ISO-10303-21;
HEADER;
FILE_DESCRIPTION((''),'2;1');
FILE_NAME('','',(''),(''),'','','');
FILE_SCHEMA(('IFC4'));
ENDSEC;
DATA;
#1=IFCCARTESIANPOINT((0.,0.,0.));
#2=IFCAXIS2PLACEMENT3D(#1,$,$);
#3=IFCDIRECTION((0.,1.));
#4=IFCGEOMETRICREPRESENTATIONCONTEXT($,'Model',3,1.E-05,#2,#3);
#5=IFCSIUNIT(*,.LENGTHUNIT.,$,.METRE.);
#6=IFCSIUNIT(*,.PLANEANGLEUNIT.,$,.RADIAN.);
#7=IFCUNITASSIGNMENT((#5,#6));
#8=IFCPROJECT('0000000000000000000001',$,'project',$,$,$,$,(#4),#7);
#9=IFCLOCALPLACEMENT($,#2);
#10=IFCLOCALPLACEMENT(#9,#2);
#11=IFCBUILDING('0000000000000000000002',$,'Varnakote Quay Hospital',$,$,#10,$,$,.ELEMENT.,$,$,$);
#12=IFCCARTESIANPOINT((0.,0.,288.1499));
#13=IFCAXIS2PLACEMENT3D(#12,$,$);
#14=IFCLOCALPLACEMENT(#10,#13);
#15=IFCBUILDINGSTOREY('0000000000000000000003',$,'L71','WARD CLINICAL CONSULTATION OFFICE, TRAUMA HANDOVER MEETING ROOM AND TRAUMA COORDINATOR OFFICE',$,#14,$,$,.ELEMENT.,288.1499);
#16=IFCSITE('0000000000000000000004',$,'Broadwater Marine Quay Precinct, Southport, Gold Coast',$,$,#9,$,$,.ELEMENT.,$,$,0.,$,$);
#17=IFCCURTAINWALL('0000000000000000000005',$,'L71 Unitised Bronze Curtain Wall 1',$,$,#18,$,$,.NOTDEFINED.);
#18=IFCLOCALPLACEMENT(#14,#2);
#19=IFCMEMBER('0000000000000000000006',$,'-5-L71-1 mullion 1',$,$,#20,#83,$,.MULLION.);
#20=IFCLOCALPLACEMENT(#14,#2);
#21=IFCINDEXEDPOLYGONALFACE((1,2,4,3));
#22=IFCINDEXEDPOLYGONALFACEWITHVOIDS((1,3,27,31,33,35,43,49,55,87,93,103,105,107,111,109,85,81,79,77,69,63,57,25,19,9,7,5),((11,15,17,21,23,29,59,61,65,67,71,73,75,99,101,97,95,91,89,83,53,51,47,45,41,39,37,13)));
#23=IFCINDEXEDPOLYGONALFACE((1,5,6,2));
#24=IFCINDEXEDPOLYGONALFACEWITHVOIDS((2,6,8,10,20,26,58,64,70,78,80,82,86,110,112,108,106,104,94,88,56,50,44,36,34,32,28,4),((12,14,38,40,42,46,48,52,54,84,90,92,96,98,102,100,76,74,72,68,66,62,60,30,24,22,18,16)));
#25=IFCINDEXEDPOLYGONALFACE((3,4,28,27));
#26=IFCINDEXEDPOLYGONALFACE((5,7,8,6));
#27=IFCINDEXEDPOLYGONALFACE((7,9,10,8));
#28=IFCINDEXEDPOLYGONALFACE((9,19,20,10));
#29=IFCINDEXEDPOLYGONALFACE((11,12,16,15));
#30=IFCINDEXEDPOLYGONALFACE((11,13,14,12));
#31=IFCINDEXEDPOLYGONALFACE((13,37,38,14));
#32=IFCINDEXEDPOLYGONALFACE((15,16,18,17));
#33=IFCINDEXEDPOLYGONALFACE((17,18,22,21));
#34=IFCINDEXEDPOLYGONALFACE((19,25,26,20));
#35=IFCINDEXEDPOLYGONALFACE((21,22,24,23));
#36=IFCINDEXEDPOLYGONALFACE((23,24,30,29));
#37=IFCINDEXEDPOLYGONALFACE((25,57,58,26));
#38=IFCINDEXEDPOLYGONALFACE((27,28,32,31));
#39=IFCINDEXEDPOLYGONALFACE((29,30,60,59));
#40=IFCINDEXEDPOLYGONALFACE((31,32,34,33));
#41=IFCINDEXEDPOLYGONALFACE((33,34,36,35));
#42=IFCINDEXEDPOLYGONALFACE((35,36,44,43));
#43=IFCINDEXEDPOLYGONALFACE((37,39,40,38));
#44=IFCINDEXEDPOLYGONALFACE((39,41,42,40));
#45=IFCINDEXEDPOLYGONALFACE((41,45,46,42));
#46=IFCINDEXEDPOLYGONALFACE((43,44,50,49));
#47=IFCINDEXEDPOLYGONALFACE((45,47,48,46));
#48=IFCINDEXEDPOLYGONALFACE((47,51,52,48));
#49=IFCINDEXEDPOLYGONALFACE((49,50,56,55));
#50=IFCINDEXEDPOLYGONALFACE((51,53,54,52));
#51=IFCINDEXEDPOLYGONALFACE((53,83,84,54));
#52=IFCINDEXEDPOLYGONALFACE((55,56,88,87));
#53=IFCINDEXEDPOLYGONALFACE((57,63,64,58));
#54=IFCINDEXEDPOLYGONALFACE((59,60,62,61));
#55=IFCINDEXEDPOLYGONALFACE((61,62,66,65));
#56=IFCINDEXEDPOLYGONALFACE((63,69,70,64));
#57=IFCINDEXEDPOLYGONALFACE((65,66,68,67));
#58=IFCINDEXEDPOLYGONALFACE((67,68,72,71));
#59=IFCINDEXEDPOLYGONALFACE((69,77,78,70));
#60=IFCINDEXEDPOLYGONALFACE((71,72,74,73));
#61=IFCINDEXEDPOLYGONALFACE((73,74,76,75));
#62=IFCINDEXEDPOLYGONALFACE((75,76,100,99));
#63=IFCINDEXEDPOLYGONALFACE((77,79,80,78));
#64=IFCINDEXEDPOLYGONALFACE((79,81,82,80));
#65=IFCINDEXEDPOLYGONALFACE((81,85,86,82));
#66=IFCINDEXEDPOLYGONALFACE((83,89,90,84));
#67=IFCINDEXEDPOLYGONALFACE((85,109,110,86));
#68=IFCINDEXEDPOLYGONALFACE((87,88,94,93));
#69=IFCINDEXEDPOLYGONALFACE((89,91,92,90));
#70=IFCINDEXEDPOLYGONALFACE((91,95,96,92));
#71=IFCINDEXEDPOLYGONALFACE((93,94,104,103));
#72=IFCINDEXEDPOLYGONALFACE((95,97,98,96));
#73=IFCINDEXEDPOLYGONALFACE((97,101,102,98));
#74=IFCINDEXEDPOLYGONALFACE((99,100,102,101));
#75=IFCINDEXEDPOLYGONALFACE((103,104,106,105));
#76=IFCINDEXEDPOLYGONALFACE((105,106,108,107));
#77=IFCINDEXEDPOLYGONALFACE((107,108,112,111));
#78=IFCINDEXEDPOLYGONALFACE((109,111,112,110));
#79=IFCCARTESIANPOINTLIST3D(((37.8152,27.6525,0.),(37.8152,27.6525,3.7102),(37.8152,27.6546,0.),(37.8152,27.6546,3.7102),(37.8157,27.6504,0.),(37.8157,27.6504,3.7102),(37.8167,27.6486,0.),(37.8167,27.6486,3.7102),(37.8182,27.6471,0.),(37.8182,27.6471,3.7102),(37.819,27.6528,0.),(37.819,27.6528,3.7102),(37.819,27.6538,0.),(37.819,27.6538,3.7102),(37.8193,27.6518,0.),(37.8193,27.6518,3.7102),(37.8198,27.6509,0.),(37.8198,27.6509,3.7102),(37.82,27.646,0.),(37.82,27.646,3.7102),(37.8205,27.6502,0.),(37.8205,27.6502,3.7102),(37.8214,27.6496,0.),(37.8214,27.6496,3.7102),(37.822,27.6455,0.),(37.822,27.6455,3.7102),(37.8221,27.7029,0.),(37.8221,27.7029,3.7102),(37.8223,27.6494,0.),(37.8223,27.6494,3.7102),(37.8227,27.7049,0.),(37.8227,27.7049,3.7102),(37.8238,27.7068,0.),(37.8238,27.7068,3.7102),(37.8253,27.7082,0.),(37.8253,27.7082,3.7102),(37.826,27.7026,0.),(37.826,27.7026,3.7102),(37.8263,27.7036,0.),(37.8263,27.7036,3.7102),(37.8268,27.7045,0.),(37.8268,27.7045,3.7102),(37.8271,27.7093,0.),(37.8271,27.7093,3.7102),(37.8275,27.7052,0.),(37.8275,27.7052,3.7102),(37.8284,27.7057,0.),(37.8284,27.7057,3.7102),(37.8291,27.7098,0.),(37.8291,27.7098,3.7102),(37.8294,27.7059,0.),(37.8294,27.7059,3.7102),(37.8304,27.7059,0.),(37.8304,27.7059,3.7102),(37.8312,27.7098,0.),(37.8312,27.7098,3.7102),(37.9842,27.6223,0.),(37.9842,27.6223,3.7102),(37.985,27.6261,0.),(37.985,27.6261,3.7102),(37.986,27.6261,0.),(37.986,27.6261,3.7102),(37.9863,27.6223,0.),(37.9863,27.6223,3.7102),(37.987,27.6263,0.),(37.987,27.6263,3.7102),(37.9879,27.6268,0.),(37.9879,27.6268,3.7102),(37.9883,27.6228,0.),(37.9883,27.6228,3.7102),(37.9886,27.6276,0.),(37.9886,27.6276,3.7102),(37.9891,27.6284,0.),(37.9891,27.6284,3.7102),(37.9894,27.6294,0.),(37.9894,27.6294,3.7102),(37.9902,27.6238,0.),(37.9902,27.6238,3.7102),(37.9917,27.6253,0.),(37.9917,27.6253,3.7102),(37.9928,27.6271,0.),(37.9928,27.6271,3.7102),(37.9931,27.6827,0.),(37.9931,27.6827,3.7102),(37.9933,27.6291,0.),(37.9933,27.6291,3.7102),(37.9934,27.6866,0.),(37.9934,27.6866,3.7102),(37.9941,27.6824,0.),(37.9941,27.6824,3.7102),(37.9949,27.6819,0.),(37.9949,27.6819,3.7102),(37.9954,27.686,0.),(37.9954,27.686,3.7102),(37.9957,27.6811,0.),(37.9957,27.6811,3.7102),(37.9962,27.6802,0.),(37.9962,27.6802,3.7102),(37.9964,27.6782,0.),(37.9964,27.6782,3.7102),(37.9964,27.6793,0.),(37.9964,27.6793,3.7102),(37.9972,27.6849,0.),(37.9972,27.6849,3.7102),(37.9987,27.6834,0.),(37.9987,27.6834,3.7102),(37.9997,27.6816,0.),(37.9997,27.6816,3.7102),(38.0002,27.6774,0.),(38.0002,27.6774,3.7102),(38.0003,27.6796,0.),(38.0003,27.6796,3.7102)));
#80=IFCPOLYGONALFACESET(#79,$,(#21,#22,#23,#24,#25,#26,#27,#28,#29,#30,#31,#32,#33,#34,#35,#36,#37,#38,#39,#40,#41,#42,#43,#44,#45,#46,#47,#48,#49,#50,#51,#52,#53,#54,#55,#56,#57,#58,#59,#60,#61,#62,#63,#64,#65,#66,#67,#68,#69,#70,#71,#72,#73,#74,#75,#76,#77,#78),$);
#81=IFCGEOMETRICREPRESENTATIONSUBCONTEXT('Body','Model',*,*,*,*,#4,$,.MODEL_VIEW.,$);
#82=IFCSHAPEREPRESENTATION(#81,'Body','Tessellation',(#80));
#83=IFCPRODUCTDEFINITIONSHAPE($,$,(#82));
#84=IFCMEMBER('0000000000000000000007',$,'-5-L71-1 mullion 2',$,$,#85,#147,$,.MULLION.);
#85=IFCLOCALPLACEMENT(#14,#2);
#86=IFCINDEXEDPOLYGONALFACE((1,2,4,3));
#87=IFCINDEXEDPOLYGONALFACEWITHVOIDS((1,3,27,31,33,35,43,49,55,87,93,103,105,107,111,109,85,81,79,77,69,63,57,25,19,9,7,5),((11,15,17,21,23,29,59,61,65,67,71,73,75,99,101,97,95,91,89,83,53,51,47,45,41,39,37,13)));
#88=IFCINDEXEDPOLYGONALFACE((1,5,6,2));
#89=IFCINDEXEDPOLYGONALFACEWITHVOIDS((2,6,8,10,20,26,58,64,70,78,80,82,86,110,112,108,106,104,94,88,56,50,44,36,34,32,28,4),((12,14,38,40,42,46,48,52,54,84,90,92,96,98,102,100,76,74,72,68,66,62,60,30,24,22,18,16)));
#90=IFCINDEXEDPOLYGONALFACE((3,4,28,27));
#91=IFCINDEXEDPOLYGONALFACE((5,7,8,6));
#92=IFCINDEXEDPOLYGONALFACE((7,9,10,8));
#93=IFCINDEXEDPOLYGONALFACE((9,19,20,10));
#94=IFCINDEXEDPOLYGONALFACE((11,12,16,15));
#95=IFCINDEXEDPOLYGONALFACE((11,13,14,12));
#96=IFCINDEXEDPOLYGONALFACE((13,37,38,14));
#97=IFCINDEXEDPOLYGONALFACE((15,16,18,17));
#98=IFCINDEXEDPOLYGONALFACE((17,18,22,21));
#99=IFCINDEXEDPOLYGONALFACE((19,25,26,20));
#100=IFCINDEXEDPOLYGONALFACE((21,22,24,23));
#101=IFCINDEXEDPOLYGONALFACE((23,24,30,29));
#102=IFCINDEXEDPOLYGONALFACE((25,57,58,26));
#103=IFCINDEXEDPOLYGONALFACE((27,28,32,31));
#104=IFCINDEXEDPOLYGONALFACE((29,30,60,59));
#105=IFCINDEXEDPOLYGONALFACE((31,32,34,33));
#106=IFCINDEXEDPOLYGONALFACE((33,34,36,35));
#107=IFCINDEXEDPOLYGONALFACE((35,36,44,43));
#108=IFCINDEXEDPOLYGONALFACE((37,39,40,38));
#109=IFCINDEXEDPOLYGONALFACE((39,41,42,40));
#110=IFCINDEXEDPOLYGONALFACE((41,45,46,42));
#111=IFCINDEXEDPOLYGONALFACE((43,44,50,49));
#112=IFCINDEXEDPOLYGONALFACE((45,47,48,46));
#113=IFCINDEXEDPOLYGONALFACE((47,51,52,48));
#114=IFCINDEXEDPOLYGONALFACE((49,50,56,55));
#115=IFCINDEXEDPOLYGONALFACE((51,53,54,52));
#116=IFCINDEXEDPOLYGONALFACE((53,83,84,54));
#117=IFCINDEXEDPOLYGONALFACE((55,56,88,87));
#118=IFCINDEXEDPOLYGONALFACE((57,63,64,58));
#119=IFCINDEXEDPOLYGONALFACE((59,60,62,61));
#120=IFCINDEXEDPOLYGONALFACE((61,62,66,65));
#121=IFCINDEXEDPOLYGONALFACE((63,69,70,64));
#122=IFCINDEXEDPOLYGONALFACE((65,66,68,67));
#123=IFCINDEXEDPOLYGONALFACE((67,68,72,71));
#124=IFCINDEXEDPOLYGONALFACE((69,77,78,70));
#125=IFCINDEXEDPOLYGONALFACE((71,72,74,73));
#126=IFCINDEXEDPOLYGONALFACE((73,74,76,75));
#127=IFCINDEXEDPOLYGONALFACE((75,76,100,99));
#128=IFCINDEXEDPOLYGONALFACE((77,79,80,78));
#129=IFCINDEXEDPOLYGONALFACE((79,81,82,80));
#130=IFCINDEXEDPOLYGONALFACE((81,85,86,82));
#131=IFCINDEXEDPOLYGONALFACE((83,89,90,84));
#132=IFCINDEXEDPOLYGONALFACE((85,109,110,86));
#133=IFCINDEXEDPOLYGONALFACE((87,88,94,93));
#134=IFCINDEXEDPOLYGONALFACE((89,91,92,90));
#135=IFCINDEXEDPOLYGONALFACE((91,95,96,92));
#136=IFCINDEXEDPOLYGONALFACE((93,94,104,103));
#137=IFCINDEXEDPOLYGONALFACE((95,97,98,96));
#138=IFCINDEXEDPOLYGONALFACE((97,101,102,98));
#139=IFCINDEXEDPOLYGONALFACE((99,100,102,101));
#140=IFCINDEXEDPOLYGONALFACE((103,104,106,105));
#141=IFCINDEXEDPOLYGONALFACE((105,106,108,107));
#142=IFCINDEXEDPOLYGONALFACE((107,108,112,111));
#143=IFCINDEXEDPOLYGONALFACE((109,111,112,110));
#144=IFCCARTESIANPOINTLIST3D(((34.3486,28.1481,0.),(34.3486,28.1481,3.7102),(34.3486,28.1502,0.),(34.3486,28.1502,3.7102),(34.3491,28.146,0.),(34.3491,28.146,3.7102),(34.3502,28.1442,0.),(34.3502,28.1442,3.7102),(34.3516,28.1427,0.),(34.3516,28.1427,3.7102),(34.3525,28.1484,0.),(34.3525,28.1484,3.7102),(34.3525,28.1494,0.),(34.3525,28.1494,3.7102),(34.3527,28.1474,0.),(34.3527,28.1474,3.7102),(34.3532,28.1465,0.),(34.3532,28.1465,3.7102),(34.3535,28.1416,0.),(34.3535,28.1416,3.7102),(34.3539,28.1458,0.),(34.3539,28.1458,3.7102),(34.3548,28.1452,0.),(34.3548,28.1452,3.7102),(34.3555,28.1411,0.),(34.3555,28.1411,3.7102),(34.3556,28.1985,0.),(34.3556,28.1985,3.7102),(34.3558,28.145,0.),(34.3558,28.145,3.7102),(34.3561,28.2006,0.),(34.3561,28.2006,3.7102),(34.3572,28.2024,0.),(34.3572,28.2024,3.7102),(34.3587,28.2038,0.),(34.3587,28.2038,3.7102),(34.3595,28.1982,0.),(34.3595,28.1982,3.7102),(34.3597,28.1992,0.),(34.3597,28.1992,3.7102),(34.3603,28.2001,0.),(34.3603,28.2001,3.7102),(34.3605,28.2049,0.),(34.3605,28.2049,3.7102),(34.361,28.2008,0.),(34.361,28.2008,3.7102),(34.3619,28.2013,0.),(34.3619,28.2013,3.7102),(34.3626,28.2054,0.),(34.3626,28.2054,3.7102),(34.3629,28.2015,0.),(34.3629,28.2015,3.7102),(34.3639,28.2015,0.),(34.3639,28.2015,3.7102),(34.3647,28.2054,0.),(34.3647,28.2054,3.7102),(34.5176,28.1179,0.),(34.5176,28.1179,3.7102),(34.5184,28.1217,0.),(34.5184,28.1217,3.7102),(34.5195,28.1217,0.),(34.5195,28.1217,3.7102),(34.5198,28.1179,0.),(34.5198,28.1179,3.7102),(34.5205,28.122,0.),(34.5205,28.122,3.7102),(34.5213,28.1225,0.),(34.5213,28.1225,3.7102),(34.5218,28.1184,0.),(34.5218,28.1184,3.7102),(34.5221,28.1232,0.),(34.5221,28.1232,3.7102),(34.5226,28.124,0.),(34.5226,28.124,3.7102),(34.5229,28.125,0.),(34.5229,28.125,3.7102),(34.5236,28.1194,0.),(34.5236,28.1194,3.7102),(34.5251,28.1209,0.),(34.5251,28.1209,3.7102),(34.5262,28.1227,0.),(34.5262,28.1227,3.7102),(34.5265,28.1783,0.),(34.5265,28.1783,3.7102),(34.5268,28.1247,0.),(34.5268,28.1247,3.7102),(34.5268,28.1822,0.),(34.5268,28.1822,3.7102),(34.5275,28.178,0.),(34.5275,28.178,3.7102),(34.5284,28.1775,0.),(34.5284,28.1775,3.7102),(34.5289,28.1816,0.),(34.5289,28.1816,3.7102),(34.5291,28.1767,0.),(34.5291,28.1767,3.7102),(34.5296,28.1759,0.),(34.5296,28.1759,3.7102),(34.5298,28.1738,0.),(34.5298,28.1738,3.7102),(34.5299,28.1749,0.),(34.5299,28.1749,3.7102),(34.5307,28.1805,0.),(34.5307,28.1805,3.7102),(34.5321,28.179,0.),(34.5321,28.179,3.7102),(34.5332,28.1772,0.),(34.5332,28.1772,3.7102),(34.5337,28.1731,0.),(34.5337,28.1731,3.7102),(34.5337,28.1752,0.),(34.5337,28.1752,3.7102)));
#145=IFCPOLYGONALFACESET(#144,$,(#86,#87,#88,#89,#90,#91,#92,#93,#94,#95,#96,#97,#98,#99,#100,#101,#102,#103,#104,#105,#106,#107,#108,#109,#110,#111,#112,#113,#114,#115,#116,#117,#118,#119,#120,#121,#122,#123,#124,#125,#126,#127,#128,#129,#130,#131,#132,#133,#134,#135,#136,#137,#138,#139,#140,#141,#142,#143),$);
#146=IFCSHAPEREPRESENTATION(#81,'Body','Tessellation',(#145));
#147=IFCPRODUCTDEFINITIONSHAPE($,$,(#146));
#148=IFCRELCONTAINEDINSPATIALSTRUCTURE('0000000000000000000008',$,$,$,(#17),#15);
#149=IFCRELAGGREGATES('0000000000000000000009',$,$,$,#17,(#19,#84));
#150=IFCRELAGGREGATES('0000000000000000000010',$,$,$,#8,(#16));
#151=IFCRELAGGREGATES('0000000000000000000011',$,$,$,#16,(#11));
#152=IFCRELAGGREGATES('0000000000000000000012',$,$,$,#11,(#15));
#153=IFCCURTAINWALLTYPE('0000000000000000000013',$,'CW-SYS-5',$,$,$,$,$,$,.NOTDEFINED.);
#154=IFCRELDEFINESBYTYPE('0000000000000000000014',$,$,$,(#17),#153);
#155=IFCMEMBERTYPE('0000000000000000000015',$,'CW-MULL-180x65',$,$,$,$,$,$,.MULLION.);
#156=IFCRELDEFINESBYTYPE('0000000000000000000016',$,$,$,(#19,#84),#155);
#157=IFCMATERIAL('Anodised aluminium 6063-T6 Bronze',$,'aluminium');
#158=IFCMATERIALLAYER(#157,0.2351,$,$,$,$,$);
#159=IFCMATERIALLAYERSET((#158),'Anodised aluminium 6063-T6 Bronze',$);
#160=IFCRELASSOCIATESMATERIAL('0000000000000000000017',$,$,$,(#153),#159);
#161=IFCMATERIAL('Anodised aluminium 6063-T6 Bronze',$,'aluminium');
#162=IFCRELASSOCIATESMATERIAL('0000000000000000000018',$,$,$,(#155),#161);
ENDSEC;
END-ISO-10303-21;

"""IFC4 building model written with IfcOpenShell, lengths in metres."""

from ifc_helpers import new_model, si_unit, direction, frame, origin, origin_2d, place, context, subcontext, project, spatial, hollow_rectangle, extrude, material, layer, layer_set, material_profile, profile_set, type_object, element, aggregate, save


model = new_model("IFC4")

# Units and contexts
model_context = context("Model", 3, precision=1e-05, world=origin(), true_north=direction((0.0, 1.0)))
body_context = subcontext(model_context, "Body", "Model", "MODEL_VIEW")
ifc_project = project(units=[si_unit("LENGTHUNIT", "METRE"), si_unit("PLANEANGLEUNIT", "RADIAN")], contexts=[model_context])

# Site, building, storey
site_placement = place(None, origin())
site = spatial("IfcSite", under=ifc_project, at=site_placement, Name="Broadwater Marine Quay Precinct, Southport, Gold Coast", CompositionType="ELEMENT", RefElevation=0.0)
building_placement = place(site_placement, origin())
building = spatial("IfcBuilding", under=site, at=building_placement, Name="Varnakote Quay Hospital", CompositionType="ELEMENT")
storey_placement = place(building_placement, frame((0.0, 0.0, 288.1499)))
storey = spatial("IfcBuildingStorey", under=building, at=storey_placement, Name="L71", Description="WARD CLINICAL CONSULTATION OFFICE, TRAUMA HANDOVER MEETING ROOM AND TRAUMA COORDINATOR OFFICE", CompositionType="ELEMENT", Elevation=288.1499)

# Curtain wall, members
ifc_material_1 = material(Name="Anodised aluminium 6063-T6 Bronze", Category="aluminium")
ifc_layer_1 = layer(ifc_material_1, 0.2351)
ifc_layer_set_1 = layer_set([ifc_layer_1], Name="Anodised aluminium 6063-T6 Bronze")
curtain_wall_type = type_object("IfcCurtainWallType", Name="CW-SYS-5", PredefinedType="NOTDEFINED", material=ifc_layer_set_1)
curtain_wall_placement = place(storey_placement, origin())
curtain_wall = element("IfcCurtainWall", 1, at=curtain_wall_placement, inside=storey, type_object=curtain_wall_type, Name="L71 Unitised Bronze Curtain Wall 1", PredefinedType="NOTDEFINED")
ifc_material_2 = material(Name="Anodised aluminium 6063-T6 Bronze", Category="aluminium")
ifc_material_profile_1 = material_profile(ifc_material_2, hollow_rectangle(XDim=0.0649, YDim=0.1799, WallThickness=0.0039, InnerFilletRadius=0.0039, OuterFilletRadius=0.0081, at=origin_2d()), Name="CW-MULL-180x65")
ifc_profile_set_1 = profile_set([ifc_material_profile_1], Name="Anodised aluminium 6063-T6 Bronze")
member_type_1 = type_object("IfcMemberType", Name="CW-MULL-180x65", PredefinedType="MULLION", material=ifc_profile_set_1)
member_1_placement = place(storey_placement, frame((37.9077, 27.666, 0.0), z_axis=(0.0, 0.0, 1.0), x_axis=(-0.141572, -0.989928, 0.0)))
member_1 = element("IfcMember", 2, at=member_1_placement, type_object=member_type_1, Name="-5-L71-1 mullion 1", PredefinedType="MULLION", context=body_context, shape_type="SweptSolid", body=[
    extrude(hollow_rectangle(XDim=0.0649, YDim=0.1799, WallThickness=0.0039, InnerFilletRadius=0.0039, OuterFilletRadius=0.0081, at=origin_2d()), origin(), (0.0, 0.0, 1.0), 3.7102),
])
member_2_placement = place(storey_placement, frame((34.4412, 28.1616, 0.0), z_axis=(0.0, 0.0, 1.0), x_axis=(-0.141572, -0.989928, 0.0)))
member_2 = element("IfcMember", 3, at=member_2_placement, type_object=member_type_1, Name="-5-L71-1 mullion 2", PredefinedType="MULLION", context=body_context, shape_type="SweptSolid", body=[
    extrude(hollow_rectangle(XDim=0.0649, YDim=0.1799, WallThickness=0.0039, InnerFilletRadius=0.0039, OuterFilletRadius=0.0081, at=origin_2d()), origin(), (0.0, 0.0, 1.0), 3.7102),
])
aggregate(curtain_wall, [member_1, member_2])

save(model, "model.ifc")
